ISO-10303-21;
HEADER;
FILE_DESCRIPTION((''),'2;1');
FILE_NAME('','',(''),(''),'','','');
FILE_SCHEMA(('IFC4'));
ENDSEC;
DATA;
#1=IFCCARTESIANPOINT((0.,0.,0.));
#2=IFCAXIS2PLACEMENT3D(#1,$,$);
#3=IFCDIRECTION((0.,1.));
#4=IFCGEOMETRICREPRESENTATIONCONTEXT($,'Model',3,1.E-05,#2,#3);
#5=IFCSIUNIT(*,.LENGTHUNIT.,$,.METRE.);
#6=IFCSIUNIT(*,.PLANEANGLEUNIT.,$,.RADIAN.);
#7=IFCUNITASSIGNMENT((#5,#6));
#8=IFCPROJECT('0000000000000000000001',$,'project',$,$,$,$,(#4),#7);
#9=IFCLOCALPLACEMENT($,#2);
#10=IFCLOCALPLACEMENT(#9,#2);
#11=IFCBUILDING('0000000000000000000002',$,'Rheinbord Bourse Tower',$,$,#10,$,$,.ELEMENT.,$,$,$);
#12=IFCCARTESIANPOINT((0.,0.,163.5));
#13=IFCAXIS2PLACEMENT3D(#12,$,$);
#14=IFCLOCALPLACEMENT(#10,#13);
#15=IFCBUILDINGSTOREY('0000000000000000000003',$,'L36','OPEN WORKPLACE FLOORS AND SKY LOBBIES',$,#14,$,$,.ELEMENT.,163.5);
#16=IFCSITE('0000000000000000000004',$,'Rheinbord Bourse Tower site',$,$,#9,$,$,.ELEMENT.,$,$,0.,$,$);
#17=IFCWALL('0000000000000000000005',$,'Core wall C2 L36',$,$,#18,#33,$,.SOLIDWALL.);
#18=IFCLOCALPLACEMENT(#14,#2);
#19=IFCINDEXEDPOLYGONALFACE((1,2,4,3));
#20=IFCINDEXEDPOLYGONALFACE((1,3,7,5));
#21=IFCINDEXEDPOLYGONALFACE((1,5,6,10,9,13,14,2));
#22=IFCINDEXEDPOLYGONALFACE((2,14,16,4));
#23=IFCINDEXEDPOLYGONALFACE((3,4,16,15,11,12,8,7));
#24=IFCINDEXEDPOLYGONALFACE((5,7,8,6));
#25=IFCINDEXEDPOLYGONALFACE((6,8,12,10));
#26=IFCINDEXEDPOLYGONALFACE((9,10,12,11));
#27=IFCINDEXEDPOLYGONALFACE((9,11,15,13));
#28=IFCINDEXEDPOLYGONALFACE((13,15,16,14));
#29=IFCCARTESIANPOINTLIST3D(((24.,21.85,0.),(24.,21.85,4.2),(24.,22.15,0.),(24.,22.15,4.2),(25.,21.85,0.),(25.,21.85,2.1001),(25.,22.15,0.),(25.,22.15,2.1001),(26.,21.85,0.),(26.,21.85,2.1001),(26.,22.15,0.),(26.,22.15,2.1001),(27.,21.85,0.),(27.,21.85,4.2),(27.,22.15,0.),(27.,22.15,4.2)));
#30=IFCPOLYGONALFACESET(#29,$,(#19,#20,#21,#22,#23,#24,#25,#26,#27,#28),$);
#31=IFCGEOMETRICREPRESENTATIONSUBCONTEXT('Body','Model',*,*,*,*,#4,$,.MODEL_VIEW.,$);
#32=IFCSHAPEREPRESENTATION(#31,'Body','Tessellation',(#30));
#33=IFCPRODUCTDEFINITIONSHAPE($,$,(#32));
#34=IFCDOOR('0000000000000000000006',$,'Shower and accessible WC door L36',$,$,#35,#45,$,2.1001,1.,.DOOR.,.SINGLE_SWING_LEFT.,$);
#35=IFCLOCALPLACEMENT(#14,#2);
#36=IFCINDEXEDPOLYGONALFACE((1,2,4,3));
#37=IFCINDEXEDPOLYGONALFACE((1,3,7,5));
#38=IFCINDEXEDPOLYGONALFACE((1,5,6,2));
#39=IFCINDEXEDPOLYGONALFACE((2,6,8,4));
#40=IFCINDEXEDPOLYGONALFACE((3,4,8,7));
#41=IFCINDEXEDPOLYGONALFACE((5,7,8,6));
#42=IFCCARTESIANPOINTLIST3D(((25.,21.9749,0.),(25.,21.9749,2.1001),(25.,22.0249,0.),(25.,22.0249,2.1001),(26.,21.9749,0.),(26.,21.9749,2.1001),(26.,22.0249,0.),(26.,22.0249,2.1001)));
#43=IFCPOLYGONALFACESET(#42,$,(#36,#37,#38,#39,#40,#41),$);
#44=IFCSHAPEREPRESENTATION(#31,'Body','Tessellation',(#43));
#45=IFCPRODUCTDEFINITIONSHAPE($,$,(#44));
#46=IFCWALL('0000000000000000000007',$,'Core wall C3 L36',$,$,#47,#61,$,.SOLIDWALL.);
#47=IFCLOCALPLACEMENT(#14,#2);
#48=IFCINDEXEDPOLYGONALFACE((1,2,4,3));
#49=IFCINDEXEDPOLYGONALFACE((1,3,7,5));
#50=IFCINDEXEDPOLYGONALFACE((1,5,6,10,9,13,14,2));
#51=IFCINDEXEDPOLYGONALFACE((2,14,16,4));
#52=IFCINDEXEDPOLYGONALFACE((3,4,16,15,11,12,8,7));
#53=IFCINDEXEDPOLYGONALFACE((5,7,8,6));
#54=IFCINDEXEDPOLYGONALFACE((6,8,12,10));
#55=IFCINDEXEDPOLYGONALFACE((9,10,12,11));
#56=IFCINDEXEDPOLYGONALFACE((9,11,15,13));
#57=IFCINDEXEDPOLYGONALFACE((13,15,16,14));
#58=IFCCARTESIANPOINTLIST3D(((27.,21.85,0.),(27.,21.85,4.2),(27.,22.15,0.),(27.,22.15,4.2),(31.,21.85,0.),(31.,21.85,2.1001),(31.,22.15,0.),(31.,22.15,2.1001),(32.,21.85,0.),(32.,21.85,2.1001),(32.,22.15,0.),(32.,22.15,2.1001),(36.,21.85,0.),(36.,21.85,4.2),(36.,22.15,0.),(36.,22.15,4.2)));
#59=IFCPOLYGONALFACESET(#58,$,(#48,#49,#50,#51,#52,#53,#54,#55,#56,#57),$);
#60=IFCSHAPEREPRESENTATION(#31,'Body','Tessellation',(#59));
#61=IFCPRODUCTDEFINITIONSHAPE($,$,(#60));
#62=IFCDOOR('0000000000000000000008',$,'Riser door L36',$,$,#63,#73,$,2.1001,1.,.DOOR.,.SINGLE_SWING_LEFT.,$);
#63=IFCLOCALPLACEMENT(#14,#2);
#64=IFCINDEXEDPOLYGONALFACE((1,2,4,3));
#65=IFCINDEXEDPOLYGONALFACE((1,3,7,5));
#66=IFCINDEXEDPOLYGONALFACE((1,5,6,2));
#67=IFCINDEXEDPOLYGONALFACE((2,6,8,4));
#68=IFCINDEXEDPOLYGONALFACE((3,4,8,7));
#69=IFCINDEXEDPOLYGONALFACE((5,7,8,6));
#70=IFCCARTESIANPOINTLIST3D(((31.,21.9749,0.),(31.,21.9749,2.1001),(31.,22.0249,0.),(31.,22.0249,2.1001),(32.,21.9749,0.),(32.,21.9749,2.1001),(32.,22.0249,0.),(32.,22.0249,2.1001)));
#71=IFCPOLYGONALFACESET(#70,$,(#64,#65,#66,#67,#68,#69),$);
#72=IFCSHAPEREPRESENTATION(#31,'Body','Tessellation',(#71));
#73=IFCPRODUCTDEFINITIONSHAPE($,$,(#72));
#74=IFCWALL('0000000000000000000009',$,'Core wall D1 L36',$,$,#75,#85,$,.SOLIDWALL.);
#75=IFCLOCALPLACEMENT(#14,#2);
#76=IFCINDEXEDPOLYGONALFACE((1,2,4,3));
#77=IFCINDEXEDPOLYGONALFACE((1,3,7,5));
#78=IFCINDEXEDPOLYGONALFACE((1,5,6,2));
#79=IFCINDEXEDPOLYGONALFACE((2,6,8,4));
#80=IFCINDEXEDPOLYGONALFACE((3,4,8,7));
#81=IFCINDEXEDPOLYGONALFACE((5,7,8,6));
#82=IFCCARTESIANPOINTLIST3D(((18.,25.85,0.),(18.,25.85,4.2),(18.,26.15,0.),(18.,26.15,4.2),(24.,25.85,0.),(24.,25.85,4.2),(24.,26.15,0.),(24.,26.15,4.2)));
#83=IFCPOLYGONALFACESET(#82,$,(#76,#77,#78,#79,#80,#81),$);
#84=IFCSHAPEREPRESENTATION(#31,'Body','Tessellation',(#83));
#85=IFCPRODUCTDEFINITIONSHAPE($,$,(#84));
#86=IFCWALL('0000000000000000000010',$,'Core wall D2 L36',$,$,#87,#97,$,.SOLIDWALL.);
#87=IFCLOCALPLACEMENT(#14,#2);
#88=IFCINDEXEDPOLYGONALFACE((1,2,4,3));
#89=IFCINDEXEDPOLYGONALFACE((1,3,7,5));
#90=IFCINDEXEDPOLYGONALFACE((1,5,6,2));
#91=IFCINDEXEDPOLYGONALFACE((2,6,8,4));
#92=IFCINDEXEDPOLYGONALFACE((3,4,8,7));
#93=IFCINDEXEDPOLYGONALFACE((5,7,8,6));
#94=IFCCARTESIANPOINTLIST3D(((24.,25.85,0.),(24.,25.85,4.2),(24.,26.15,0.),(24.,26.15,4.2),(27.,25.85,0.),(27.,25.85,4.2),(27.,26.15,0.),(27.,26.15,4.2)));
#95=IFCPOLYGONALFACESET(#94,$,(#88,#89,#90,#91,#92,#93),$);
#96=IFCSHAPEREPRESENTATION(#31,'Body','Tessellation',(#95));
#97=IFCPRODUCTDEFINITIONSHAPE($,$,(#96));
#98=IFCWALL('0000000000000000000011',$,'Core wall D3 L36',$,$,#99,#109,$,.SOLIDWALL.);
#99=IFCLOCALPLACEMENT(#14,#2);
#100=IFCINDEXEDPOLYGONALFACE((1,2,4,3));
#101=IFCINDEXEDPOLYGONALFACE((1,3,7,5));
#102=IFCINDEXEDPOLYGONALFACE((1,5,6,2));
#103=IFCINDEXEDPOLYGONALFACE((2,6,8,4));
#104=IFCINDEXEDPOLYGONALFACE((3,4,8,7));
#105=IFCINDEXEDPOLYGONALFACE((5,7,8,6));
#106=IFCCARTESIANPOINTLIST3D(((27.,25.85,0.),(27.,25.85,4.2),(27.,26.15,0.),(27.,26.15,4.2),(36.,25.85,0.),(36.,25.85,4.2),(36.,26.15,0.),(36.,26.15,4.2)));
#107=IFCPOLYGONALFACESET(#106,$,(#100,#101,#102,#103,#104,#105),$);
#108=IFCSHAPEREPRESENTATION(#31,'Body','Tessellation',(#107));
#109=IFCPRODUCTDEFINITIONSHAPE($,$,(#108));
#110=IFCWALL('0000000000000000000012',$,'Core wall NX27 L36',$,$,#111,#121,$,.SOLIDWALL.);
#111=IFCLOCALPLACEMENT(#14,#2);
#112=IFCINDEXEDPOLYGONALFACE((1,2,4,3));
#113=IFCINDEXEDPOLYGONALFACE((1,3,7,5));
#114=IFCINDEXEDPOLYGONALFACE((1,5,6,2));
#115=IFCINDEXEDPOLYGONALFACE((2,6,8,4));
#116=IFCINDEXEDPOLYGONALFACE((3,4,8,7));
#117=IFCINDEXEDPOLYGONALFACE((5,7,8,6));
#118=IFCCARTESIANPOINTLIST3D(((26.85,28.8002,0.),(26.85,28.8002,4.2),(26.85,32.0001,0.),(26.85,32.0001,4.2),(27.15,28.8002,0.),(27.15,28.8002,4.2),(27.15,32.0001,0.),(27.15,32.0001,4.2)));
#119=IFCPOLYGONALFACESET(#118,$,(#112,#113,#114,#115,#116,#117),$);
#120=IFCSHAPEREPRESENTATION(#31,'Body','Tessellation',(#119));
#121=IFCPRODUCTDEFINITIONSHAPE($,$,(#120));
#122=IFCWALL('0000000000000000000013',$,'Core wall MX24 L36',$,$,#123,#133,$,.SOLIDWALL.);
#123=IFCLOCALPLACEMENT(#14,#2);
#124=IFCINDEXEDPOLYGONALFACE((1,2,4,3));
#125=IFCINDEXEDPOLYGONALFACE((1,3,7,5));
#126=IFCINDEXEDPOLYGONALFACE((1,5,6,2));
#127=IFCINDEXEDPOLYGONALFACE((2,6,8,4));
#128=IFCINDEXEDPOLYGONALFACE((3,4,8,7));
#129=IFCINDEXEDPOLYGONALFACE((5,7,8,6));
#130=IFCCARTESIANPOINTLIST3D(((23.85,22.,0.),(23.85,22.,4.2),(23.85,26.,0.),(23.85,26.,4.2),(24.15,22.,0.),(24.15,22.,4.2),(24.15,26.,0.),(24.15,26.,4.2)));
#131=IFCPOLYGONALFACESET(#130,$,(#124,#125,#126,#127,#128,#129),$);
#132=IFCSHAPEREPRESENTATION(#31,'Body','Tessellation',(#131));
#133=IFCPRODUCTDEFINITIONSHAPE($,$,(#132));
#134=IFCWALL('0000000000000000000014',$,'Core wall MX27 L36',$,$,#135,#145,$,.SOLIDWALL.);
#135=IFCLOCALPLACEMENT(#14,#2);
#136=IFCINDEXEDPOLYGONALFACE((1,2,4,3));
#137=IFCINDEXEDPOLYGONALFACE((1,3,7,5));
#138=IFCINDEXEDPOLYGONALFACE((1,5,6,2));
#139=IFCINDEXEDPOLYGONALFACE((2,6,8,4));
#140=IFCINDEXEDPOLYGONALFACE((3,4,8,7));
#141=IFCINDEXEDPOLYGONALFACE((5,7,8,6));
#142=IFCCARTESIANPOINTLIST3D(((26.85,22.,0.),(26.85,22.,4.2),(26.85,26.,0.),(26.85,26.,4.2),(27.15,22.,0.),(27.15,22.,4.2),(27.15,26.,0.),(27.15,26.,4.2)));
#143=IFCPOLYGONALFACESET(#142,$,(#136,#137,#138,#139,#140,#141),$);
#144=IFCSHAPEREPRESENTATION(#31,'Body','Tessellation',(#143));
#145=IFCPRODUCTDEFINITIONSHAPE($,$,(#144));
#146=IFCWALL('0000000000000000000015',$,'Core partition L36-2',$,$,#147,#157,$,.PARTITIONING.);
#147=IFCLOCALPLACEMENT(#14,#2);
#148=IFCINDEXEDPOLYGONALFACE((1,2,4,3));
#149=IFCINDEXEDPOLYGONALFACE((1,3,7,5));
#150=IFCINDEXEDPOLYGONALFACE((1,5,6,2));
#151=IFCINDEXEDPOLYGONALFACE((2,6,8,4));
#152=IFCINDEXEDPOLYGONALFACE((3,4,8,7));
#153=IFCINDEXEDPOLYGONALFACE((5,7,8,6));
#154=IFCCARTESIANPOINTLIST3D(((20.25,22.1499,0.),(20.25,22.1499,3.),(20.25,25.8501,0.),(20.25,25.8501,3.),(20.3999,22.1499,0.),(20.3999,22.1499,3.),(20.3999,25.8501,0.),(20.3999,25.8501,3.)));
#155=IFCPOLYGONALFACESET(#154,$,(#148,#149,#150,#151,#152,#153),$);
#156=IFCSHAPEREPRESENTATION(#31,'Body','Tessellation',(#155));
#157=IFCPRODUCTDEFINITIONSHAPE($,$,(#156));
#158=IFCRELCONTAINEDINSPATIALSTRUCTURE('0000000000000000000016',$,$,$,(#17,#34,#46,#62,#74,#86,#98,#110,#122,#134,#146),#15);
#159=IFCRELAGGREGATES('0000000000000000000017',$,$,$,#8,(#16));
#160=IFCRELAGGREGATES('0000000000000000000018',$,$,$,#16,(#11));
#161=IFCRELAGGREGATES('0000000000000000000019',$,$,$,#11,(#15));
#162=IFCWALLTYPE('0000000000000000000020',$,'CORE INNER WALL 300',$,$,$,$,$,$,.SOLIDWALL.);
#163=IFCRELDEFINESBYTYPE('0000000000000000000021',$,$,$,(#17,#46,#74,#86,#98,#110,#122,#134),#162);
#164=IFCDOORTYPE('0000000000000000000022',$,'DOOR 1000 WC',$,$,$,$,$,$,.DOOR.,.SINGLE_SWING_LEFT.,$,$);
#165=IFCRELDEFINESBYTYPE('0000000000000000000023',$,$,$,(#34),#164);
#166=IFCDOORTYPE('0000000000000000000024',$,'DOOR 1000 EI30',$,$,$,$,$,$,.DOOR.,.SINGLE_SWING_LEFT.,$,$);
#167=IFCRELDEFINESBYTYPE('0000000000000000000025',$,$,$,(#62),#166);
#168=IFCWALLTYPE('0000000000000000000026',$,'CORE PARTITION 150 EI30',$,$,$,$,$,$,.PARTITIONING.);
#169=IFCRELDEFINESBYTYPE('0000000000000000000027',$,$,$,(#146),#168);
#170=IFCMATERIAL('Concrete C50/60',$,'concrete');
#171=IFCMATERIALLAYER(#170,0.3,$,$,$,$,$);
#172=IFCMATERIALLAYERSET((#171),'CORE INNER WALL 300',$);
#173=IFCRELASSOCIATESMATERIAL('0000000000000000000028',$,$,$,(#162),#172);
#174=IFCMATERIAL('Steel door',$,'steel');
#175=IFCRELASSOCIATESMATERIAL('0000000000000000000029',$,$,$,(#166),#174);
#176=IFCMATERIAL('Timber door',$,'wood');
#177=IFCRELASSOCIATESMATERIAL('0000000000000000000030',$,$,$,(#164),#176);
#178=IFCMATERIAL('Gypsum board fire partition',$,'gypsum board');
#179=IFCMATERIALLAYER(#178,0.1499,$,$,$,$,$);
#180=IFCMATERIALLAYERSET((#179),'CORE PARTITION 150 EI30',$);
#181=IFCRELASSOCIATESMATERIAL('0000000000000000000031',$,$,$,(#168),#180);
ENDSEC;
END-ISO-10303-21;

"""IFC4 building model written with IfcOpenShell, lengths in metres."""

from ifc_helpers import new_model, si_unit, direction, frame, frame_2d, origin, place, context, subcontext, project, spatial, rectangle, extrude, material, layer, layer_set, type_object, element, fill, save


model = new_model("IFC4")

# Units and contexts
model_context = context("Model", 3, precision=1e-05, world=origin(), true_north=direction((0.0, 1.0)))
body_context = subcontext(model_context, "Body", "Model", "MODEL_VIEW")
ifc_project = project(units=[si_unit("LENGTHUNIT", "METRE"), si_unit("PLANEANGLEUNIT", "RADIAN")], contexts=[model_context])

# Site, building, storey
site_placement = place(None, origin())
site = spatial("IfcSite", under=ifc_project, at=site_placement, Name="Rheinbord Bourse Tower site", CompositionType="ELEMENT", RefElevation=0.0)
building_placement = place(site_placement, origin())
building = spatial("IfcBuilding", under=site, at=building_placement, Name="Rheinbord Bourse Tower", CompositionType="ELEMENT")
storey_placement = place(building_placement, frame((0.0, 0.0, 163.5)))
storey = spatial("IfcBuildingStorey", under=building, at=storey_placement, Name="L36", Description="OPEN WORKPLACE FLOORS AND SKY LOBBIES", CompositionType="ELEMENT", Elevation=163.5)

# Shared definitions
ifc_material_1 = material(Name="Concrete C50/60", Category="concrete")
ifc_layer_1 = layer(ifc_material_1, 0.3)
ifc_layer_set_1 = layer_set([ifc_layer_1], Name="CORE INNER WALL 300")
wall_type_1 = type_object("IfcWallType", Name="CORE INNER WALL 300", PredefinedType="SOLIDWALL", material=ifc_layer_set_1)
ifc_material_2 = material(Name="Steel door", Category="steel")
door_type_1 = type_object("IfcDoorType", Name="DOOR 1000 EI30", OperationType="SINGLE_SWING_LEFT", PredefinedType="DOOR", material=ifc_material_2)

# Shared definitions
ifc_material_3 = material(Name="Timber door", Category="wood")
door_type_2 = type_object("IfcDoorType", Name="DOOR 1000 WC", OperationType="SINGLE_SWING_LEFT", PredefinedType="DOOR", material=ifc_material_3)

# Walls, openings, doors
wall_1_placement = place(storey_placement, frame((24.0, 22.0, 0.0), z_axis=(0.0, 0.0, 1.0), x_axis=(1.0, 0.0, 0.0)))
wall_1 = element("IfcWall", 1, at=wall_1_placement, inside=storey, type_object=wall_type_1, Name="Core wall C2 L36", PredefinedType="SOLIDWALL", context=body_context, shape_type="SweptSolid", body=[
    extrude(rectangle(XDim=3.0, YDim=0.3, at=frame_2d((1.5, 0.0))), origin(), (0.0, 0.0, 1.0), 4.2),
])
opening_1_placement = place(wall_1_placement, frame((1.0, 0.0, 0.0)))
opening_1 = element("IfcOpeningElement", 2, at=opening_1_placement, cuts=wall_1, PredefinedType="OPENING", context=body_context, shape_type="SweptSolid", body=[
    extrude(rectangle(XDim=1.0, YDim=2.1001, at=frame_2d((0.5, 1.05))), frame((0.0, 0.1599, 0.0), z_axis=(0.0, -1.0, 0.0), x_axis=(1.0, 0.0, 0.0)), (0.0, 0.0, 1.0), 0.3201),
])
door_1_placement = place(opening_1_placement, origin())
door_1 = element("IfcDoor", 3, at=door_1_placement, inside=storey, type_object=door_type_2, Name="Shower and accessible WC door L36", OperationType="SINGLE_SWING_LEFT", OverallHeight=2.1001, OverallWidth=1.0, PredefinedType="DOOR", context=body_context, shape_type="SweptSolid", body=[
    extrude(rectangle(XDim=1.0, YDim=2.1001, at=frame_2d((0.5, 1.05))), frame((0.0, 0.0249, 0.0), z_axis=(0.0, -1.0, 0.0), x_axis=(1.0, 0.0, 0.0)), (0.0, 0.0, 1.0), 0.05),
])
fill(opening_1, door_1)
wall_2_placement = place(storey_placement, frame((27.0, 22.0, 0.0), z_axis=(0.0, 0.0, 1.0), x_axis=(1.0, 0.0, 0.0)))
wall_2 = element("IfcWall", 4, at=wall_2_placement, inside=storey, type_object=wall_type_1, Name="Core wall C3 L36", PredefinedType="SOLIDWALL", context=body_context, shape_type="SweptSolid", body=[
    extrude(rectangle(XDim=9.0, YDim=0.3, at=frame_2d((4.5, 0.0))), origin(), (0.0, 0.0, 1.0), 4.2),
])
opening_2_placement = place(wall_2_placement, frame((4.0, 0.0, 0.0)))
opening_2 = element("IfcOpeningElement", 5, at=opening_2_placement, cuts=wall_2, PredefinedType="OPENING", context=body_context, shape_type="SweptSolid", body=[
    extrude(rectangle(XDim=1.0, YDim=2.1001, at=frame_2d((0.5, 1.05))), frame((0.0, 0.1599, 0.0), z_axis=(0.0, -1.0, 0.0), x_axis=(1.0, 0.0, 0.0)), (0.0, 0.0, 1.0), 0.3201),
])
door_2_placement = place(opening_2_placement, origin())
door_2 = element("IfcDoor", 6, at=door_2_placement, inside=storey, type_object=door_type_1, Name="Riser door L36", OperationType="SINGLE_SWING_LEFT", OverallHeight=2.1001, OverallWidth=1.0, PredefinedType="DOOR", context=body_context, shape_type="SweptSolid", body=[
    extrude(rectangle(XDim=1.0, YDim=2.1001, at=frame_2d((0.5, 1.05))), frame((0.0, 0.0249, 0.0), z_axis=(0.0, -1.0, 0.0), x_axis=(1.0, 0.0, 0.0)), (0.0, 0.0, 1.0), 0.05),
])
fill(opening_2, door_2)

# Walls
wall_3_placement = place(storey_placement, frame((18.0, 26.0, 0.0), z_axis=(0.0, 0.0, 1.0), x_axis=(1.0, 0.0, 0.0)))
element("IfcWall", 7, at=wall_3_placement, inside=storey, type_object=wall_type_1, Name="Core wall D1 L36", PredefinedType="SOLIDWALL", context=body_context, shape_type="SweptSolid", body=[
    extrude(rectangle(XDim=6.0, YDim=0.3, at=frame_2d((3.0, 0.0))), origin(), (0.0, 0.0, 1.0), 4.2),
])
wall_4_placement = place(storey_placement, frame((24.0, 26.0, 0.0), z_axis=(0.0, 0.0, 1.0), x_axis=(1.0, 0.0, 0.0)))
element("IfcWall", 8, at=wall_4_placement, inside=storey, type_object=wall_type_1, Name="Core wall D2 L36", PredefinedType="SOLIDWALL", context=body_context, shape_type="SweptSolid", body=[
    extrude(rectangle(XDim=3.0, YDim=0.3, at=frame_2d((1.5, 0.0))), origin(), (0.0, 0.0, 1.0), 4.2),
])
wall_5_placement = place(storey_placement, frame((27.0, 26.0, 0.0), z_axis=(0.0, 0.0, 1.0), x_axis=(1.0, 0.0, 0.0)))
element("IfcWall", 9, at=wall_5_placement, inside=storey, type_object=wall_type_1, Name="Core wall D3 L36", PredefinedType="SOLIDWALL", context=body_context, shape_type="SweptSolid", body=[
    extrude(rectangle(XDim=9.0, YDim=0.3, at=frame_2d((4.5, 0.0))), origin(), (0.0, 0.0, 1.0), 4.2),
])
wall_6_placement = place(storey_placement, frame((27.0, 28.8, 0.0), z_axis=(0.0, 0.0, 1.0), x_axis=(0.0, 1.0, 0.0)))
element("IfcWall", 10, at=wall_6_placement, inside=storey, type_object=wall_type_1, Name="Core wall NX27 L36", PredefinedType="SOLIDWALL", context=body_context, shape_type="SweptSolid", body=[
    extrude(rectangle(XDim=3.2, YDim=0.3, at=frame_2d((1.6001, 0.0))), origin(), (0.0, 0.0, 1.0), 4.2),
])
for number, where, z_axis, x_axis, name in (
    (11, (24.0, 22.0, 0.0), (0.0, 0.0, 1.0), (0.0, 1.0, 0.0), "Core wall MX24 L36"),
    (12, (27.0, 22.0, 0.0), (0.0, 0.0, 1.0), (0.0, 1.0, 0.0), "Core wall MX27 L36"),
):
    element("IfcWall", number, at=place(storey_placement, frame(where, z_axis=z_axis, x_axis=x_axis)), inside=storey, type_object=wall_type_1, Name=name, PredefinedType="SOLIDWALL", context=body_context, shape_type="SweptSolid", body=[
        extrude(rectangle(XDim=4.0, YDim=0.3, at=frame_2d((2.0, 0.0))), origin(), (0.0, 0.0, 1.0), 4.2),
    ])
ifc_material_4 = material(Name="Gypsum board fire partition", Category="gypsum board")
ifc_layer_2 = layer(ifc_material_4, 0.1499)
ifc_layer_set_2 = layer_set([ifc_layer_2], Name="CORE PARTITION 150 EI30")
wall_type_2 = type_object("IfcWallType", Name="CORE PARTITION 150 EI30", PredefinedType="PARTITIONING", material=ifc_layer_set_2)
wall_7_placement = place(storey_placement, frame((20.325, 22.1499, 0.0), z_axis=(0.0, 0.0, 1.0), x_axis=(0.0, 1.0, 0.0)))
element("IfcWall", 13, at=wall_7_placement, inside=storey, type_object=wall_type_2, Name="Core partition L36-2", PredefinedType="PARTITIONING", context=body_context, shape_type="SweptSolid", body=[
    extrude(rectangle(XDim=3.7002, YDim=0.1499, at=frame_2d((1.8501, 0.0))), origin(), (0.0, 0.0, 1.0), 3.0),
])

save(model, "model.ifc")
